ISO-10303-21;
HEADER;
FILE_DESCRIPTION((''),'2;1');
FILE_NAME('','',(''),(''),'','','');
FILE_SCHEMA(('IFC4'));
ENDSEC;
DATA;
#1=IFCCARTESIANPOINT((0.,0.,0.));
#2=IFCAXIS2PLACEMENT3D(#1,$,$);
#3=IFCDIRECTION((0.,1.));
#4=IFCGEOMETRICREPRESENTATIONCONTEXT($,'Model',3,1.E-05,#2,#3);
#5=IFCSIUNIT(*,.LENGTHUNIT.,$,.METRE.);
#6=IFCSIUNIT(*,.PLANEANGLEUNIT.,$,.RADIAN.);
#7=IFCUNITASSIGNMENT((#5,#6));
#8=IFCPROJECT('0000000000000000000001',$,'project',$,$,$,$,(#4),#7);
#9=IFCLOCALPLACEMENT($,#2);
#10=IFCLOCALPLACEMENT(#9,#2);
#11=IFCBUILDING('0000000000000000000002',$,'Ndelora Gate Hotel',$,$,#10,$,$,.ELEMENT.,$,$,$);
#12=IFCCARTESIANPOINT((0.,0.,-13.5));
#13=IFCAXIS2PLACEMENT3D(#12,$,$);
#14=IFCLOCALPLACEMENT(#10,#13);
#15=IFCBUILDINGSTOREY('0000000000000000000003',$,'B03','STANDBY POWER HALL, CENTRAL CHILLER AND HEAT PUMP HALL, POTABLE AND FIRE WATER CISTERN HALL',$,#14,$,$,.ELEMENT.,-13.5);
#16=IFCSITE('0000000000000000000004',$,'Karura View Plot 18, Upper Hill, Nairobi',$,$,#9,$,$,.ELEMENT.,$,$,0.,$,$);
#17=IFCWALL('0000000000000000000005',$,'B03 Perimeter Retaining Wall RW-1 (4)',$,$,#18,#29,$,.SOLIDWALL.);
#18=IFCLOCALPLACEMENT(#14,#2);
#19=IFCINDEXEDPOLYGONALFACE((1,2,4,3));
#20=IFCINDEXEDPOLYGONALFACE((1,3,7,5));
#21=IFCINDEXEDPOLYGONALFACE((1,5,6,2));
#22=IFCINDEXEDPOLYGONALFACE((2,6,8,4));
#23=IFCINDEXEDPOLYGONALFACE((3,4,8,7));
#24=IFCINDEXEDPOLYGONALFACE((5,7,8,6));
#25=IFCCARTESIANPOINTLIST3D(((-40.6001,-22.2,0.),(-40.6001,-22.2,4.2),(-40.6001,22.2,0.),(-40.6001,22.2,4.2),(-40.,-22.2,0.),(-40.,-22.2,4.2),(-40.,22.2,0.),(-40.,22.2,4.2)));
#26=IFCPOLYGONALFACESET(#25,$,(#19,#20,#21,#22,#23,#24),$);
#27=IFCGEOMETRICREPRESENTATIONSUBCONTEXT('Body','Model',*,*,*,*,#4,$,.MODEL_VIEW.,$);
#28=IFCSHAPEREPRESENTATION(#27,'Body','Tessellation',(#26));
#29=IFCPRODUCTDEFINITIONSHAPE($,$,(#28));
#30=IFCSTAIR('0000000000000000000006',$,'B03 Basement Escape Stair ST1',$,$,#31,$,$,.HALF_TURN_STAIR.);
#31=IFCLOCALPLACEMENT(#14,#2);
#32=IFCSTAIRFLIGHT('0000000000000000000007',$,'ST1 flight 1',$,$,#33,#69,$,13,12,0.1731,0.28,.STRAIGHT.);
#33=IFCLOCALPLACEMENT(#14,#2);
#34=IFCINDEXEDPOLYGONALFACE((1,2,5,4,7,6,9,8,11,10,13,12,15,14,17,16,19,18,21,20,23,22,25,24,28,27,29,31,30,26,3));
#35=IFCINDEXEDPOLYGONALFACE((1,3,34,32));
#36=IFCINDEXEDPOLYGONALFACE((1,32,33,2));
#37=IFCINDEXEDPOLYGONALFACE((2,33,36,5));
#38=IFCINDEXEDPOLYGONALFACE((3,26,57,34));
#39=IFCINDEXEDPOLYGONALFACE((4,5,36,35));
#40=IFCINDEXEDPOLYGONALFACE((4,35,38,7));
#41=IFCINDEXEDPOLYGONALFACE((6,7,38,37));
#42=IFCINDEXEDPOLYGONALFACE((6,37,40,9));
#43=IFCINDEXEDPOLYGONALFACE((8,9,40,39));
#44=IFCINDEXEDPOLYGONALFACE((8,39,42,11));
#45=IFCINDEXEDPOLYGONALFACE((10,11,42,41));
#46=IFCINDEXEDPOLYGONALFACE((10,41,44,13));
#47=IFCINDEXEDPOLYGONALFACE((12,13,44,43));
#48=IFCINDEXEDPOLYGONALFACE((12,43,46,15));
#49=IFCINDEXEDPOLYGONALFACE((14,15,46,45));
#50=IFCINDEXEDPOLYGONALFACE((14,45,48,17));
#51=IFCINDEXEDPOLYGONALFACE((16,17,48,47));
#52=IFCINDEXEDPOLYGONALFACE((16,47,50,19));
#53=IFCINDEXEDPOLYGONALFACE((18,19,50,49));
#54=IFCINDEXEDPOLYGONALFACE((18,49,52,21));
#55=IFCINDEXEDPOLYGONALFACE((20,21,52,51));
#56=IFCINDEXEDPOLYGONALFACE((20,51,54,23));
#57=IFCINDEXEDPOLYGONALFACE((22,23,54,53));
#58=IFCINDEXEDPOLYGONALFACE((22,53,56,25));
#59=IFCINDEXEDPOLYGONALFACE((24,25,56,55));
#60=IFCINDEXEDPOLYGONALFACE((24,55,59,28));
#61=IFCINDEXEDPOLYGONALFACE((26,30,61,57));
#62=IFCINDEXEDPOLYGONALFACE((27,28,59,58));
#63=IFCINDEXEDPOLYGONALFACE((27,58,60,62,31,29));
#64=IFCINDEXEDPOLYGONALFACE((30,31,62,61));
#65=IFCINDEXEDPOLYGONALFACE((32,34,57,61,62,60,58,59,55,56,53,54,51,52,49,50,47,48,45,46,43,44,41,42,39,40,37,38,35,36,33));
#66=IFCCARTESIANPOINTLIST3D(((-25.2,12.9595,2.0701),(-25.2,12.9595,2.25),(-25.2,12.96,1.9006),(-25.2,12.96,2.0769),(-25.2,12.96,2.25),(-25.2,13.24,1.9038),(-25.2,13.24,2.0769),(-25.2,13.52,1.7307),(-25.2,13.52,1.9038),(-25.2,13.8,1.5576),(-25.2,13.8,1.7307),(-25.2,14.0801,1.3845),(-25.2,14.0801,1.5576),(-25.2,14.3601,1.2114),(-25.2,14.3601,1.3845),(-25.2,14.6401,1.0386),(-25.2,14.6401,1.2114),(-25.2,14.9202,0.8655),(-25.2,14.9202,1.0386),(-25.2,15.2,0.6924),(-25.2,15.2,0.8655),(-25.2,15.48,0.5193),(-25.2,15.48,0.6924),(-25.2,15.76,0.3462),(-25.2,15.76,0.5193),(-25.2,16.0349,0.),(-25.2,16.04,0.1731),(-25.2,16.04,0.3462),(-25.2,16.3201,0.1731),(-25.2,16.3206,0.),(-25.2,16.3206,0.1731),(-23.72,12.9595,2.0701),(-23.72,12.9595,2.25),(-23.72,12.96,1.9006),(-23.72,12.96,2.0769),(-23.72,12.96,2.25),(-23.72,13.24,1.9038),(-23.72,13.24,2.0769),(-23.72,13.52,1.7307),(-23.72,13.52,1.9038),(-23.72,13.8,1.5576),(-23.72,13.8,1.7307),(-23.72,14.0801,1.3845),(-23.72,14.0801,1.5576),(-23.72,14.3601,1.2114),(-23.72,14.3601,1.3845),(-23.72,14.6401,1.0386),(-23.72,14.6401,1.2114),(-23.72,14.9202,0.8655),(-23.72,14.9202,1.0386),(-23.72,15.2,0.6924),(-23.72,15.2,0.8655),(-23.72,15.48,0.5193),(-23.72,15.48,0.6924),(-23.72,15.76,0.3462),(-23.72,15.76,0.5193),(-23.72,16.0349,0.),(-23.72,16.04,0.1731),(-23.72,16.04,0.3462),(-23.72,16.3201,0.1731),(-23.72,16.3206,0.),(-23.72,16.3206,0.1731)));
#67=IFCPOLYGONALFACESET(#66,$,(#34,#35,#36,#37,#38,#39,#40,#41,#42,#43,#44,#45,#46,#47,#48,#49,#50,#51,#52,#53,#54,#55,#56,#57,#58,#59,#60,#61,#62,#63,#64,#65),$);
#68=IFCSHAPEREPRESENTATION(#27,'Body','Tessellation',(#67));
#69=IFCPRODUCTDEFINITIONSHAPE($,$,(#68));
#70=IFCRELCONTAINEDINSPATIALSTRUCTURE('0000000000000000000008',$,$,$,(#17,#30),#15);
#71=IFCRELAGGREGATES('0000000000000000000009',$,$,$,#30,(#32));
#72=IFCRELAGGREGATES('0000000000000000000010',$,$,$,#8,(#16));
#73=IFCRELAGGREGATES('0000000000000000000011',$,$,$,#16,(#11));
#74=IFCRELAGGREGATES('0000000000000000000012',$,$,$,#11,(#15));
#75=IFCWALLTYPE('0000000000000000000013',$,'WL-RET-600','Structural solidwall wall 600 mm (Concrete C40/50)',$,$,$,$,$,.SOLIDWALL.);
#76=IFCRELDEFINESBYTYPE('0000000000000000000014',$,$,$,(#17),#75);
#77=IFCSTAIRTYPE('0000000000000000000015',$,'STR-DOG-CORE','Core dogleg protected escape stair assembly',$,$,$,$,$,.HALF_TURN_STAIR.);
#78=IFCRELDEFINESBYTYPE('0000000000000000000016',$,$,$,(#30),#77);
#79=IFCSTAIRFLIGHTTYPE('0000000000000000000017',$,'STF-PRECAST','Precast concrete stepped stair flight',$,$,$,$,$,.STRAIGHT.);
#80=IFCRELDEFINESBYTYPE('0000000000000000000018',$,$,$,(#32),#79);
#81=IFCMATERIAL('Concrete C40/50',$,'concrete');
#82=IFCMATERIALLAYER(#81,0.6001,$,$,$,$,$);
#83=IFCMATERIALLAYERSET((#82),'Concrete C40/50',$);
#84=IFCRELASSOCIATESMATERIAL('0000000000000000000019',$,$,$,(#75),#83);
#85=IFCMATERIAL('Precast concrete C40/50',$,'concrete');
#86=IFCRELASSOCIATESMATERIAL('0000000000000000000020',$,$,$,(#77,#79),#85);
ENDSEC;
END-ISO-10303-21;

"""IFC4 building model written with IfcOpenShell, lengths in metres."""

from ifc_helpers import new_model, si_unit, direction, frame, frame_2d, origin, place, context, subcontext, project, spatial, polyline, rectangle, outline, extrude, material, layer, layer_set, type_object, element, aggregate, save


model = new_model("IFC4")

# Units and contexts
model_context = context("Model", 3, precision=1e-05, world=origin(), true_north=direction((0.0, 1.0)))
body_context = subcontext(model_context, "Body", "Model", "MODEL_VIEW")
ifc_project = project(units=[si_unit("LENGTHUNIT", "METRE"), si_unit("PLANEANGLEUNIT", "RADIAN")], contexts=[model_context])

# Site, building, storey
site_placement = place(None, origin())
site = spatial("IfcSite", under=ifc_project, at=site_placement, Name="Karura View Plot 18, Upper Hill, Nairobi", CompositionType="ELEMENT", RefElevation=0.0)
building_placement = place(site_placement, origin())
building = spatial("IfcBuilding", under=site, at=building_placement, Name="Ndelora Gate Hotel", CompositionType="ELEMENT")
storey_placement = place(building_placement, frame((0.0, 0.0, -13.5)))
storey = spatial("IfcBuildingStorey", under=building, at=storey_placement, Name="B03", Description="STANDBY POWER HALL, CENTRAL CHILLER AND HEAT PUMP HALL, POTABLE AND FIRE WATER CISTERN HALL", CompositionType="ELEMENT", Elevation=-13.5)

# Shared definitions
ifc_material_1 = material(Name="Concrete C40/50", Category="concrete")

# Wall
ifc_layer_1 = layer(ifc_material_1, 0.6001)
ifc_layer_set_1 = layer_set([ifc_layer_1], Name="Concrete C40/50")
wall_type_1 = type_object("IfcWallType", Name="WL-RET-600", Description="Structural solidwall wall 600 mm (Concrete C40/50)", PredefinedType="SOLIDWALL", material=ifc_layer_set_1)
wall_1_placement = place(storey_placement, frame((-40.3, 22.2, 0.0), z_axis=(0.0, 0.0, 1.0), x_axis=(0.0, -1.0, 0.0)))
element("IfcWall", 1, at=wall_1_placement, inside=storey, type_object=wall_type_1, Name="B03 Perimeter Retaining Wall RW-1 (4)", PredefinedType="SOLIDWALL", context=body_context, shape_type="SweptSolid", body=[
    extrude(rectangle(XDim=44.3999, YDim=0.6001, at=frame_2d((22.2, 0.0))), origin(), (0.0, 0.0, 1.0), 4.2),
])

# Stair, stair flight
ifc_material_2 = material(Name="Precast concrete C40/50", Category="concrete")
stair_type = type_object("IfcStairType", Name="STR-DOG-CORE", Description="Core dogleg protected escape stair assembly", PredefinedType="HALF_TURN_STAIR", material=ifc_material_2)
stair_placement = place(storey_placement, origin())
stair = element("IfcStair", 2, at=stair_placement, inside=storey, type_object=stair_type, Name="B03 Basement Escape Stair ST1", PredefinedType="HALF_TURN_STAIR")
stair_flight_type = type_object("IfcStairFlightType", Name="STF-PRECAST", Description="Precast concrete stepped stair flight", PredefinedType="STRAIGHT", material=ifc_material_2)
stair_flight_placement = place(storey_placement, frame((-24.46, 16.3201, 0.0), z_axis=(0.0, 0.0, 1.0), x_axis=(0.0, -1.0, 0.0)))
stair_flight = element("IfcStairFlight", 3, at=stair_flight_placement, type_object=stair_flight_type, Name="ST1 flight 1", NumberOfRisers=13, NumberOfTreads=12, PredefinedType="STRAIGHT", RiserHeight=0.1731, TreadLength=0.28, context=body_context, shape_type="SweptSolid", body=[
    extrude(outline(polyline([(-0.0005, 0.0), (-0.0005, 0.1731), (0.0, 0.1731), (0.28, 0.1731), (0.28, 0.3462), (0.5601, 0.3462), (0.5601, 0.5193), (0.8401, 0.5193), (0.8401, 0.6924), (1.1201, 0.6924), (1.1201, 0.8655), (1.3999, 0.8655), (1.3999, 1.0386), (1.6799, 1.0386), (1.6799, 1.2114), (1.96, 1.2114), (1.96, 1.3845), (2.24, 1.3845), (2.24, 1.5576), (2.52, 1.5576), (2.52, 1.7307), (2.8, 1.7307), (2.8, 1.9038), (3.0801, 1.9038), (3.0801, 2.0769), (3.3601, 2.0769), (3.3601, 2.25), (3.3606, 2.25), (3.3606, 2.0701), (3.3601, 1.9006), (0.2852, 0.0), (-0.0005, 0.0)])), frame((0.0, 0.74, 0.0), z_axis=(0.0, -1.0, 0.0), x_axis=(1.0, 0.0, 0.0)), (0.0, 0.0, 1.0), 1.48),
])
aggregate(stair, [stair_flight])

save(model, "model.ifc")
